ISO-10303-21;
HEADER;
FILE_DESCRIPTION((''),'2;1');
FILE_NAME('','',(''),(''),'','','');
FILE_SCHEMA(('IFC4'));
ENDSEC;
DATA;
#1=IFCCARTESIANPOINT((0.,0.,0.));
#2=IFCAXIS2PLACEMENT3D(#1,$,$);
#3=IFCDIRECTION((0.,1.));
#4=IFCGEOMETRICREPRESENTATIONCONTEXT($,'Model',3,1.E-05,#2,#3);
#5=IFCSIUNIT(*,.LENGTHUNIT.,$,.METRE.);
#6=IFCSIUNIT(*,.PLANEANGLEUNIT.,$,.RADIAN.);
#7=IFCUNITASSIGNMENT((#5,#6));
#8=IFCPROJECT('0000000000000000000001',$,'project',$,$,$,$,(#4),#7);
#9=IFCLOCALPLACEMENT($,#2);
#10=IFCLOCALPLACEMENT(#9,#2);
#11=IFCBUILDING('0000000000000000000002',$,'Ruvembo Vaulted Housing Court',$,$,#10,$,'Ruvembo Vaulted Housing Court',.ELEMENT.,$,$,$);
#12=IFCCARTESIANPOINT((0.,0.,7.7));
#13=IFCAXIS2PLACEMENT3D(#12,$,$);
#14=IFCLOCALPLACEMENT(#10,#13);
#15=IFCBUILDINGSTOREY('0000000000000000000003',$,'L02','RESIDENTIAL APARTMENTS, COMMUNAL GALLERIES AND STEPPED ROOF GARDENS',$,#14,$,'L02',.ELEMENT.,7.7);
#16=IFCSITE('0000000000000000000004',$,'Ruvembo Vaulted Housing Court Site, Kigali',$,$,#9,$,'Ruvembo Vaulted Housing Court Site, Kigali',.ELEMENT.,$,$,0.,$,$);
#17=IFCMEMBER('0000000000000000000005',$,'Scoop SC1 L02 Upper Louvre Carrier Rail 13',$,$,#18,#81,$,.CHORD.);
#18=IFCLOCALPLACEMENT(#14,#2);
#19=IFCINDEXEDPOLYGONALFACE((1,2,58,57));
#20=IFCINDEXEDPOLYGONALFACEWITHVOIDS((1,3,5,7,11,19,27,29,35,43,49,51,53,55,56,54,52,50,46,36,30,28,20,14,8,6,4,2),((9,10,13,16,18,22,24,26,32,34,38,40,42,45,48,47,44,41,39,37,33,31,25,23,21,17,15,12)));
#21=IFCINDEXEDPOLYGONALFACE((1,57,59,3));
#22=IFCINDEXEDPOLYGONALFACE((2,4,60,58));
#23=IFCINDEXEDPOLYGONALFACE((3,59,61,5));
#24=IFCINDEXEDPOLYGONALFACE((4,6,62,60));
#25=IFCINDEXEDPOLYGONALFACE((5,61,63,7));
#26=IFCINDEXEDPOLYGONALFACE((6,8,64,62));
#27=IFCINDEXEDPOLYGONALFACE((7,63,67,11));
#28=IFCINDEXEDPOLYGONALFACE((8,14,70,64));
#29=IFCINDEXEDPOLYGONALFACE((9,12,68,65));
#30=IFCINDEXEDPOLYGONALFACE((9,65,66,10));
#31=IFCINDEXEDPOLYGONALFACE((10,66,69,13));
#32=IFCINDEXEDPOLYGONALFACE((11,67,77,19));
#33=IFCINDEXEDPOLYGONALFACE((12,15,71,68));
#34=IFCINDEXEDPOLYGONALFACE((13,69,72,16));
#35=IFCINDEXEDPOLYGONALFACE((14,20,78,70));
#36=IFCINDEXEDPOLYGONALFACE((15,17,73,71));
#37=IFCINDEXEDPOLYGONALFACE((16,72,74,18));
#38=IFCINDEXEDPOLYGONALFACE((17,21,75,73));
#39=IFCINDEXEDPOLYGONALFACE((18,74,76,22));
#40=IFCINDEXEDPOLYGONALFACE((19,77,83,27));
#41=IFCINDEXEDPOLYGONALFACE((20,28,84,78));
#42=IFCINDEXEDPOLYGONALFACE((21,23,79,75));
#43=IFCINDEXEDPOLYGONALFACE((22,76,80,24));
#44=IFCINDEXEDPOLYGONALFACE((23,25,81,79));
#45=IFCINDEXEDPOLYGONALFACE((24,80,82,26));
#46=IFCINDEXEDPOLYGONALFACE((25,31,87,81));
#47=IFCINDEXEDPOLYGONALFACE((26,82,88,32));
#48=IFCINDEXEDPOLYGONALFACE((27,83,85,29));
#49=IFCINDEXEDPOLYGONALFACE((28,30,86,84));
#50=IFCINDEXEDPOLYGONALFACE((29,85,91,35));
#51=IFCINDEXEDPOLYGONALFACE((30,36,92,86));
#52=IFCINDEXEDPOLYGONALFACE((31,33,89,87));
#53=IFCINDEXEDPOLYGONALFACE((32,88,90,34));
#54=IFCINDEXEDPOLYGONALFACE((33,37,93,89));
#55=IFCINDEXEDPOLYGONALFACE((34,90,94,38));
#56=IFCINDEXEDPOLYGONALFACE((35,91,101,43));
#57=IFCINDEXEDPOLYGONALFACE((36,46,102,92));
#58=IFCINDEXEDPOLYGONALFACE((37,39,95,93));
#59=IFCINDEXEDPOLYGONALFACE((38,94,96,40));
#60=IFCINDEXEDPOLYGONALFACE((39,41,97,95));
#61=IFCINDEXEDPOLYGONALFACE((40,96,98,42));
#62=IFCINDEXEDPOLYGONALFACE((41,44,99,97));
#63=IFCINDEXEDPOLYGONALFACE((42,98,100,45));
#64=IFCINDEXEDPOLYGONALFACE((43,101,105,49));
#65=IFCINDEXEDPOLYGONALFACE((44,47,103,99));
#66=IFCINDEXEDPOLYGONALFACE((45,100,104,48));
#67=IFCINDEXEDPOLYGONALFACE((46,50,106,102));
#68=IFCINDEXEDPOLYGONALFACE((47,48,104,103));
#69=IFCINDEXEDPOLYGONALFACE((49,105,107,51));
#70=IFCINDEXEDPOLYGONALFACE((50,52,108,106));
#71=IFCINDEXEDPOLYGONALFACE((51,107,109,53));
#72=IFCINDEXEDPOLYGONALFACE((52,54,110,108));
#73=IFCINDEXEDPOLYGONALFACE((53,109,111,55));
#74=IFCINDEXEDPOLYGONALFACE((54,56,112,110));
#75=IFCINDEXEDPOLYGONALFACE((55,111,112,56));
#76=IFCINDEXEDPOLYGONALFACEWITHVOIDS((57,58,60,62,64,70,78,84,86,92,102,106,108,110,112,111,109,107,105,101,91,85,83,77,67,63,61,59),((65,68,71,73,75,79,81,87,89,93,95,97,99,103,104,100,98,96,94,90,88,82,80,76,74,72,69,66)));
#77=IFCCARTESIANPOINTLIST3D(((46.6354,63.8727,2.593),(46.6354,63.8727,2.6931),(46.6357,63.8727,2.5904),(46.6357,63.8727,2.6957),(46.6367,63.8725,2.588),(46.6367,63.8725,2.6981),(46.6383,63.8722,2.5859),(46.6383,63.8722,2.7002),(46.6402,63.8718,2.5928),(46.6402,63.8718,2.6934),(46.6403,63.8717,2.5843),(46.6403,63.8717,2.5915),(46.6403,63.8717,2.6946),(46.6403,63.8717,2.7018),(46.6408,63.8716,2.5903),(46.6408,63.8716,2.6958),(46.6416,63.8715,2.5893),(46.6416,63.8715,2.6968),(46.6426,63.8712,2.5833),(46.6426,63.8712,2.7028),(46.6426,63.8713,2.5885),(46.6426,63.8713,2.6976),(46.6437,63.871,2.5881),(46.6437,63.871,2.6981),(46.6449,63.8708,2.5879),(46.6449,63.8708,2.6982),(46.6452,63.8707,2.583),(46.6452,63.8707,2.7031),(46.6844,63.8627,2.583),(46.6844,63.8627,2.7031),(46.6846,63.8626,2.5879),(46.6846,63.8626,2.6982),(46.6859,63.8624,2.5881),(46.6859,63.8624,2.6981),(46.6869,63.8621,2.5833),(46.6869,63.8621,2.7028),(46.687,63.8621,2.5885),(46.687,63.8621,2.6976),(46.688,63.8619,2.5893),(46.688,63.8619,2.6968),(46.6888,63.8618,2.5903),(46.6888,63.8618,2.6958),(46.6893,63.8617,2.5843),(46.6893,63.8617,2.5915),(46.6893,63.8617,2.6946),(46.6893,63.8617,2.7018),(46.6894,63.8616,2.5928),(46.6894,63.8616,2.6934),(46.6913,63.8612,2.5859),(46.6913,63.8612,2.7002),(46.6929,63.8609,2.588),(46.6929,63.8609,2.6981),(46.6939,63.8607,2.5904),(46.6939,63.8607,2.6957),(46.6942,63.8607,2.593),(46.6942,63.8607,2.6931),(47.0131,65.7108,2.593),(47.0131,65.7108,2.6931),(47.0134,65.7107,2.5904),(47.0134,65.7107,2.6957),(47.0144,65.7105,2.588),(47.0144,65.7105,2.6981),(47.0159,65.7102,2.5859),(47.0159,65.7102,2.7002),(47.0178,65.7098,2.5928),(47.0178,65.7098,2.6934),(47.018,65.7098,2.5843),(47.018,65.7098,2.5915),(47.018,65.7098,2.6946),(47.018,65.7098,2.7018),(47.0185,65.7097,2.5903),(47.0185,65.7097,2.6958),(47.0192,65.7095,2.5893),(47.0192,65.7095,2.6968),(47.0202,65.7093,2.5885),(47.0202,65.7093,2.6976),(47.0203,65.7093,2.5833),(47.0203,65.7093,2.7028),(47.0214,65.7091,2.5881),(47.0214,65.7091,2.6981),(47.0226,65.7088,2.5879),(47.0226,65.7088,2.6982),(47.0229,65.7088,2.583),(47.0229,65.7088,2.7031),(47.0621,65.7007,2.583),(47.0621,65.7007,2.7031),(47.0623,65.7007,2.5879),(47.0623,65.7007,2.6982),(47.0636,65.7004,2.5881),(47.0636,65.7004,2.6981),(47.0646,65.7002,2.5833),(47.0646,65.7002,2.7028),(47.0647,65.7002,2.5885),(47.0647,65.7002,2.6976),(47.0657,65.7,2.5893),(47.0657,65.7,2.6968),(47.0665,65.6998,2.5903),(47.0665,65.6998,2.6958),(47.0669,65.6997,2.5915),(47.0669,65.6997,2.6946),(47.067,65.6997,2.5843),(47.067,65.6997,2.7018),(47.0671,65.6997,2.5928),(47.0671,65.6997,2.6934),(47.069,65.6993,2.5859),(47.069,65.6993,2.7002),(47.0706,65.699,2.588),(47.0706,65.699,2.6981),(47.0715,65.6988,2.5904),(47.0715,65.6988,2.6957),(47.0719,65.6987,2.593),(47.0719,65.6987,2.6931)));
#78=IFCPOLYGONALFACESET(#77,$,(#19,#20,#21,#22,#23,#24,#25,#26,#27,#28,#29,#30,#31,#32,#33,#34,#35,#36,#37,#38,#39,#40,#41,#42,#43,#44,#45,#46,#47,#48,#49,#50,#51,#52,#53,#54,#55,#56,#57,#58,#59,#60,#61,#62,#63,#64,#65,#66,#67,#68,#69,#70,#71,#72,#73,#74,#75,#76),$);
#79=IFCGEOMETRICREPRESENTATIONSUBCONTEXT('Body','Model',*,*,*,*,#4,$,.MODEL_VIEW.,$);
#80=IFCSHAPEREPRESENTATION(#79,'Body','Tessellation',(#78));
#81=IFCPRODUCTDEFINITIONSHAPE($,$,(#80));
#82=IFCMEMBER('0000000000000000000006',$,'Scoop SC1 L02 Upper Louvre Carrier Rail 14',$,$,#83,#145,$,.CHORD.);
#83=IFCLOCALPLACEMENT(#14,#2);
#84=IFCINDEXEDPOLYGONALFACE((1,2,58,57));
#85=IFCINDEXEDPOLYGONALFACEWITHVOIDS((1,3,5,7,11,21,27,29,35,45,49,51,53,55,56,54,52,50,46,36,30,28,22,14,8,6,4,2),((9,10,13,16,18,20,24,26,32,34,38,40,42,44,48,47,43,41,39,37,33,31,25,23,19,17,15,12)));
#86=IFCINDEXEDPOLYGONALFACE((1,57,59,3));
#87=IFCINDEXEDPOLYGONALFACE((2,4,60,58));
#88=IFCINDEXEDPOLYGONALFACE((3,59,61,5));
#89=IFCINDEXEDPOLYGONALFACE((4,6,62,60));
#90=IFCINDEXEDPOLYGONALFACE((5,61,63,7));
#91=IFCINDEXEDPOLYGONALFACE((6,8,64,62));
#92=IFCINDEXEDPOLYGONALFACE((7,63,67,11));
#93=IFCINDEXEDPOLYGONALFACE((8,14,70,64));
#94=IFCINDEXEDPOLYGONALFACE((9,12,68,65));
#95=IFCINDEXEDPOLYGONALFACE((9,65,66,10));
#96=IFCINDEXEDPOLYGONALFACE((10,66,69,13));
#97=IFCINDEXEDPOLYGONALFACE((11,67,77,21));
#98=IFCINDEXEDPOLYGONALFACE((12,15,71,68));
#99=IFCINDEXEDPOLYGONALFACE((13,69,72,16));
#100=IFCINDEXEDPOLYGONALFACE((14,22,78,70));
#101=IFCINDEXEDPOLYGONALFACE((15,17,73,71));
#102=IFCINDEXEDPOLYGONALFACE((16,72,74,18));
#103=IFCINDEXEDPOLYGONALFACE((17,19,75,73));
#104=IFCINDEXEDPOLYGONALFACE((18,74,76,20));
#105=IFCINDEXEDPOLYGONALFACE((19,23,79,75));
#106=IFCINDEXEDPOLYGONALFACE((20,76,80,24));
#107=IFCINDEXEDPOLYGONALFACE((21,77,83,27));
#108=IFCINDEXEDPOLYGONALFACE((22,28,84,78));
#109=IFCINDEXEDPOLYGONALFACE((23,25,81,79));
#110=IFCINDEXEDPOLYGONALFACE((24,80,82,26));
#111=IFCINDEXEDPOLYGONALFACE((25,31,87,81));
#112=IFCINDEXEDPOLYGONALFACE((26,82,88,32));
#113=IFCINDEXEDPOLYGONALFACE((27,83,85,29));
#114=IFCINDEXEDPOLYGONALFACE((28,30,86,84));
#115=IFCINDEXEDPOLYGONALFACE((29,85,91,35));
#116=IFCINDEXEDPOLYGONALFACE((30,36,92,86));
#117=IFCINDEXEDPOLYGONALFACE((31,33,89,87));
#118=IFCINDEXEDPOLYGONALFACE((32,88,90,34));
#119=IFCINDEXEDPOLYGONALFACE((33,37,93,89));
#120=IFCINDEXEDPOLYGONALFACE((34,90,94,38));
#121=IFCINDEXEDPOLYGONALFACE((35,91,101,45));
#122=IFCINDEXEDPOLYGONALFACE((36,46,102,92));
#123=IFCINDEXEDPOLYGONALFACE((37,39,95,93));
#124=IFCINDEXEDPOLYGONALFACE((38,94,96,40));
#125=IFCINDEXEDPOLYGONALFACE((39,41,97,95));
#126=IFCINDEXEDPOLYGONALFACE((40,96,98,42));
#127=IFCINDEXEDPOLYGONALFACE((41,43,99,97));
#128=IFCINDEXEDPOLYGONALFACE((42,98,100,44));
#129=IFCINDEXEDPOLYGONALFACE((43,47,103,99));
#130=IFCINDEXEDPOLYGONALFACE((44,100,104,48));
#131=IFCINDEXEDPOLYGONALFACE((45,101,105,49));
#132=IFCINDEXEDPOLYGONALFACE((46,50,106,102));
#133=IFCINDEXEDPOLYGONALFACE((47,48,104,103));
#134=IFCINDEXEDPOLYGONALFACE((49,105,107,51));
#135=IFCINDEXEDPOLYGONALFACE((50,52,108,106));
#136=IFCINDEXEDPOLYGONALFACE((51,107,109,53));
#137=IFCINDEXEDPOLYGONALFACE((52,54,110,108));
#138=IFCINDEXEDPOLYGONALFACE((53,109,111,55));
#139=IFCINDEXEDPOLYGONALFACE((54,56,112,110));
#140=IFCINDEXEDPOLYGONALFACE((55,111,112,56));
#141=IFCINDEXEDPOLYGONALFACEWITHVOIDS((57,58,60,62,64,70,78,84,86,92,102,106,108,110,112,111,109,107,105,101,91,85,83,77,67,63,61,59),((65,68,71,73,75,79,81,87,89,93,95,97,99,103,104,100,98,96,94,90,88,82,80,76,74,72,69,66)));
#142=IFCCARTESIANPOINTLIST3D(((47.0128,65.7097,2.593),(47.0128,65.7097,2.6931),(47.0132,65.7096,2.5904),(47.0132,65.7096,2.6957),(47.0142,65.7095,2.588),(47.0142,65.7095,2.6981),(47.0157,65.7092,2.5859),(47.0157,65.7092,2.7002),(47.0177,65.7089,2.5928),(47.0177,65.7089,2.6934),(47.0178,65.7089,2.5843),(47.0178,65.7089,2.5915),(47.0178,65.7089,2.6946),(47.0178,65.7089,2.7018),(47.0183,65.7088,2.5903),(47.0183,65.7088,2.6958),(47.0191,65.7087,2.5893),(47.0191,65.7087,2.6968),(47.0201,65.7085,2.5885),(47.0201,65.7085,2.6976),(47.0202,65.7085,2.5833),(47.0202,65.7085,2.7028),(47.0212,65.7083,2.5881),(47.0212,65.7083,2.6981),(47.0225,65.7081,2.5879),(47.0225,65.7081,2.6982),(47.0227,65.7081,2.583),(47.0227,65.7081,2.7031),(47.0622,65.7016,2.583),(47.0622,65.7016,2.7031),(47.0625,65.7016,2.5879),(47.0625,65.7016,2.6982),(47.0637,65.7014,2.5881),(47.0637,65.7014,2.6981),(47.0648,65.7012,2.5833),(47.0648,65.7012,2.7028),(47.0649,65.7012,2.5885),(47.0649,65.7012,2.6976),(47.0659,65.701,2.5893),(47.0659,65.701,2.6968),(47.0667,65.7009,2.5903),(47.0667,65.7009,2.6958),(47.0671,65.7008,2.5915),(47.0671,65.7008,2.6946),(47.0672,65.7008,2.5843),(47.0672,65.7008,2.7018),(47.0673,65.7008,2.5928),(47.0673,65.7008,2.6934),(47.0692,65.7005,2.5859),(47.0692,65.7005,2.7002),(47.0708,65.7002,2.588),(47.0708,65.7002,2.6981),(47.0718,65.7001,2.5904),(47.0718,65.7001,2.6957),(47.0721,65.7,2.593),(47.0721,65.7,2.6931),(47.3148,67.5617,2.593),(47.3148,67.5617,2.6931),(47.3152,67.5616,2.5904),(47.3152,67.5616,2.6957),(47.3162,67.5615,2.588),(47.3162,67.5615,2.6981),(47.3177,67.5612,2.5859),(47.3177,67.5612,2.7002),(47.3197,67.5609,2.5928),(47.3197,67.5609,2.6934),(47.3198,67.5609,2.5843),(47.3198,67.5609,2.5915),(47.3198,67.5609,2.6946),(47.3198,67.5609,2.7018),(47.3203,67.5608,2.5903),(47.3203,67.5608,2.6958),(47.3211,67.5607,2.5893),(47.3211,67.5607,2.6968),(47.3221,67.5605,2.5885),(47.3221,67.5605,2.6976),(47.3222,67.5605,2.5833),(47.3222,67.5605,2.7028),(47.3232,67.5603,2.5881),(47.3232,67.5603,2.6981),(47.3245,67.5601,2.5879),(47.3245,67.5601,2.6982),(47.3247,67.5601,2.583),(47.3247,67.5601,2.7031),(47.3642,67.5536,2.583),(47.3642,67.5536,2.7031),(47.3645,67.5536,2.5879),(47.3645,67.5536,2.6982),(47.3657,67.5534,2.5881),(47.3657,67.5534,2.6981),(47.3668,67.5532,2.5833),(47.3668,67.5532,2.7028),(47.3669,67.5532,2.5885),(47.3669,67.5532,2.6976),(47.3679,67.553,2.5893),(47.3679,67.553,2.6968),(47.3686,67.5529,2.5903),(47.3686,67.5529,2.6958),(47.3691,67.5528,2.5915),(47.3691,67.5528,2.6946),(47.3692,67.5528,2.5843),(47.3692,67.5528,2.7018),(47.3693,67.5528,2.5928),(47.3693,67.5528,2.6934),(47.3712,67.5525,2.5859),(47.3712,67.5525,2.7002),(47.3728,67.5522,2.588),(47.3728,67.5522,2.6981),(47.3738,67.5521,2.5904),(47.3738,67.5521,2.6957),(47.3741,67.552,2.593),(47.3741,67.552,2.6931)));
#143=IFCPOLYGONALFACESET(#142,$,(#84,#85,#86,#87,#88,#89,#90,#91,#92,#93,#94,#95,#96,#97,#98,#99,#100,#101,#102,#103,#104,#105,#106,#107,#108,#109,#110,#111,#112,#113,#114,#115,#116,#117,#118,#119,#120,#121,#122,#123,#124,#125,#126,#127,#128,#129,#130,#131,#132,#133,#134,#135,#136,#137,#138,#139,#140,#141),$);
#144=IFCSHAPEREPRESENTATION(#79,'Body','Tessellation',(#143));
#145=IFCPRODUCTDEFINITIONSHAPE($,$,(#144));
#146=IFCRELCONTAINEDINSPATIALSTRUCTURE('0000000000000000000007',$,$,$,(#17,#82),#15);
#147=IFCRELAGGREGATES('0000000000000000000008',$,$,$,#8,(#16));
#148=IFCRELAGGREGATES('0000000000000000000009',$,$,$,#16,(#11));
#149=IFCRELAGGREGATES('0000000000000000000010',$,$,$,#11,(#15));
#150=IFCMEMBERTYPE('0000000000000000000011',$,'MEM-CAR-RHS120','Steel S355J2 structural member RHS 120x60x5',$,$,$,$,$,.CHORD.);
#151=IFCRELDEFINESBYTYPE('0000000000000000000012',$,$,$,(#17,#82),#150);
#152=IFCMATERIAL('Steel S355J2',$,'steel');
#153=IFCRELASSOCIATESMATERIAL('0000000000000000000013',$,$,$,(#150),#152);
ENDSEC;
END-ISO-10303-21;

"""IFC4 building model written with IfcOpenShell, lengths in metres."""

from ifc_helpers import new_model, si_unit, direction, frame, origin, origin_2d, place, context, subcontext, project, spatial, hollow_rectangle, extrude, material, material_profile, profile_set, type_object, element, save


model = new_model("IFC4")

# Units and contexts
model_context = context("Model", 3, precision=1e-05, world=origin(), true_north=direction((0.0, 1.0)))
body_context = subcontext(model_context, "Body", "Model", "MODEL_VIEW")
ifc_project = project(units=[si_unit("LENGTHUNIT", "METRE"), si_unit("PLANEANGLEUNIT", "RADIAN")], contexts=[model_context])

# Site, building, storey
site_placement = place(None, origin())
site = spatial("IfcSite", under=ifc_project, at=site_placement, Name="Ruvembo Vaulted Housing Court Site, Kigali", LongName="Ruvembo Vaulted Housing Court Site, Kigali", CompositionType="ELEMENT", RefElevation=0.0)
building_placement = place(site_placement, origin())
building = spatial("IfcBuilding", under=site, at=building_placement, Name="Ruvembo Vaulted Housing Court", LongName="Ruvembo Vaulted Housing Court", CompositionType="ELEMENT")
storey_placement = place(building_placement, frame((0.0, 0.0, 7.7)))
storey = spatial("IfcBuildingStorey", under=building, at=storey_placement, Name="L02", Description="RESIDENTIAL APARTMENTS, COMMUNAL GALLERIES AND STEPPED ROOF GARDENS", LongName="L02", CompositionType="ELEMENT", Elevation=7.7)

# Shared definitions
ifc_material_1 = material(Name="Steel S355J2", Category="steel")

# Members
ifc_material_profile_1 = material_profile(ifc_material_1, hollow_rectangle(XDim=0.0601, YDim=0.1201, WallThickness=0.0049, InnerFilletRadius=0.0049, OuterFilletRadius=0.01, at=origin_2d()), Name="RHS 120x60x5")
ifc_profile_set_1 = profile_set([ifc_material_profile_1], Name="Steel S355J2")
member_type_1 = type_object("IfcMemberType", Name="MEM-CAR-RHS120", Description="Steel S355J2 structural member RHS 120x60x5", PredefinedType="CHORD", material=ifc_profile_set_1)
for number, where, z_axis, x_axis, name in (
    (1, (46.6648, 63.8667, 2.6431), (0.201267, 0.979536, 0.0), (-0.979536, 0.201267, 0.0), "Scoop SC1 L02 Upper Louvre Carrier Rail 13"),
    (2, (47.0425, 65.7048, 2.6431), (0.160938, 0.986965, 0.0), (-0.986965, 0.160938, 0.0), "Scoop SC1 L02 Upper Louvre Carrier Rail 14"),
):
    element("IfcMember", number, at=place(storey_placement, frame(where, z_axis=z_axis, x_axis=x_axis)), inside=storey, type_object=member_type_1, Name=name, PredefinedType="CHORD", context=body_context, shape_type="SweptSolid", body=[
        extrude(hollow_rectangle(XDim=0.0601, YDim=0.1201, WallThickness=0.0049, InnerFilletRadius=0.0049, OuterFilletRadius=0.01, at=origin_2d()), origin(), (0.0, 0.0, 1.0), 1.8765),
    ])

save(model, "model.ifc")
